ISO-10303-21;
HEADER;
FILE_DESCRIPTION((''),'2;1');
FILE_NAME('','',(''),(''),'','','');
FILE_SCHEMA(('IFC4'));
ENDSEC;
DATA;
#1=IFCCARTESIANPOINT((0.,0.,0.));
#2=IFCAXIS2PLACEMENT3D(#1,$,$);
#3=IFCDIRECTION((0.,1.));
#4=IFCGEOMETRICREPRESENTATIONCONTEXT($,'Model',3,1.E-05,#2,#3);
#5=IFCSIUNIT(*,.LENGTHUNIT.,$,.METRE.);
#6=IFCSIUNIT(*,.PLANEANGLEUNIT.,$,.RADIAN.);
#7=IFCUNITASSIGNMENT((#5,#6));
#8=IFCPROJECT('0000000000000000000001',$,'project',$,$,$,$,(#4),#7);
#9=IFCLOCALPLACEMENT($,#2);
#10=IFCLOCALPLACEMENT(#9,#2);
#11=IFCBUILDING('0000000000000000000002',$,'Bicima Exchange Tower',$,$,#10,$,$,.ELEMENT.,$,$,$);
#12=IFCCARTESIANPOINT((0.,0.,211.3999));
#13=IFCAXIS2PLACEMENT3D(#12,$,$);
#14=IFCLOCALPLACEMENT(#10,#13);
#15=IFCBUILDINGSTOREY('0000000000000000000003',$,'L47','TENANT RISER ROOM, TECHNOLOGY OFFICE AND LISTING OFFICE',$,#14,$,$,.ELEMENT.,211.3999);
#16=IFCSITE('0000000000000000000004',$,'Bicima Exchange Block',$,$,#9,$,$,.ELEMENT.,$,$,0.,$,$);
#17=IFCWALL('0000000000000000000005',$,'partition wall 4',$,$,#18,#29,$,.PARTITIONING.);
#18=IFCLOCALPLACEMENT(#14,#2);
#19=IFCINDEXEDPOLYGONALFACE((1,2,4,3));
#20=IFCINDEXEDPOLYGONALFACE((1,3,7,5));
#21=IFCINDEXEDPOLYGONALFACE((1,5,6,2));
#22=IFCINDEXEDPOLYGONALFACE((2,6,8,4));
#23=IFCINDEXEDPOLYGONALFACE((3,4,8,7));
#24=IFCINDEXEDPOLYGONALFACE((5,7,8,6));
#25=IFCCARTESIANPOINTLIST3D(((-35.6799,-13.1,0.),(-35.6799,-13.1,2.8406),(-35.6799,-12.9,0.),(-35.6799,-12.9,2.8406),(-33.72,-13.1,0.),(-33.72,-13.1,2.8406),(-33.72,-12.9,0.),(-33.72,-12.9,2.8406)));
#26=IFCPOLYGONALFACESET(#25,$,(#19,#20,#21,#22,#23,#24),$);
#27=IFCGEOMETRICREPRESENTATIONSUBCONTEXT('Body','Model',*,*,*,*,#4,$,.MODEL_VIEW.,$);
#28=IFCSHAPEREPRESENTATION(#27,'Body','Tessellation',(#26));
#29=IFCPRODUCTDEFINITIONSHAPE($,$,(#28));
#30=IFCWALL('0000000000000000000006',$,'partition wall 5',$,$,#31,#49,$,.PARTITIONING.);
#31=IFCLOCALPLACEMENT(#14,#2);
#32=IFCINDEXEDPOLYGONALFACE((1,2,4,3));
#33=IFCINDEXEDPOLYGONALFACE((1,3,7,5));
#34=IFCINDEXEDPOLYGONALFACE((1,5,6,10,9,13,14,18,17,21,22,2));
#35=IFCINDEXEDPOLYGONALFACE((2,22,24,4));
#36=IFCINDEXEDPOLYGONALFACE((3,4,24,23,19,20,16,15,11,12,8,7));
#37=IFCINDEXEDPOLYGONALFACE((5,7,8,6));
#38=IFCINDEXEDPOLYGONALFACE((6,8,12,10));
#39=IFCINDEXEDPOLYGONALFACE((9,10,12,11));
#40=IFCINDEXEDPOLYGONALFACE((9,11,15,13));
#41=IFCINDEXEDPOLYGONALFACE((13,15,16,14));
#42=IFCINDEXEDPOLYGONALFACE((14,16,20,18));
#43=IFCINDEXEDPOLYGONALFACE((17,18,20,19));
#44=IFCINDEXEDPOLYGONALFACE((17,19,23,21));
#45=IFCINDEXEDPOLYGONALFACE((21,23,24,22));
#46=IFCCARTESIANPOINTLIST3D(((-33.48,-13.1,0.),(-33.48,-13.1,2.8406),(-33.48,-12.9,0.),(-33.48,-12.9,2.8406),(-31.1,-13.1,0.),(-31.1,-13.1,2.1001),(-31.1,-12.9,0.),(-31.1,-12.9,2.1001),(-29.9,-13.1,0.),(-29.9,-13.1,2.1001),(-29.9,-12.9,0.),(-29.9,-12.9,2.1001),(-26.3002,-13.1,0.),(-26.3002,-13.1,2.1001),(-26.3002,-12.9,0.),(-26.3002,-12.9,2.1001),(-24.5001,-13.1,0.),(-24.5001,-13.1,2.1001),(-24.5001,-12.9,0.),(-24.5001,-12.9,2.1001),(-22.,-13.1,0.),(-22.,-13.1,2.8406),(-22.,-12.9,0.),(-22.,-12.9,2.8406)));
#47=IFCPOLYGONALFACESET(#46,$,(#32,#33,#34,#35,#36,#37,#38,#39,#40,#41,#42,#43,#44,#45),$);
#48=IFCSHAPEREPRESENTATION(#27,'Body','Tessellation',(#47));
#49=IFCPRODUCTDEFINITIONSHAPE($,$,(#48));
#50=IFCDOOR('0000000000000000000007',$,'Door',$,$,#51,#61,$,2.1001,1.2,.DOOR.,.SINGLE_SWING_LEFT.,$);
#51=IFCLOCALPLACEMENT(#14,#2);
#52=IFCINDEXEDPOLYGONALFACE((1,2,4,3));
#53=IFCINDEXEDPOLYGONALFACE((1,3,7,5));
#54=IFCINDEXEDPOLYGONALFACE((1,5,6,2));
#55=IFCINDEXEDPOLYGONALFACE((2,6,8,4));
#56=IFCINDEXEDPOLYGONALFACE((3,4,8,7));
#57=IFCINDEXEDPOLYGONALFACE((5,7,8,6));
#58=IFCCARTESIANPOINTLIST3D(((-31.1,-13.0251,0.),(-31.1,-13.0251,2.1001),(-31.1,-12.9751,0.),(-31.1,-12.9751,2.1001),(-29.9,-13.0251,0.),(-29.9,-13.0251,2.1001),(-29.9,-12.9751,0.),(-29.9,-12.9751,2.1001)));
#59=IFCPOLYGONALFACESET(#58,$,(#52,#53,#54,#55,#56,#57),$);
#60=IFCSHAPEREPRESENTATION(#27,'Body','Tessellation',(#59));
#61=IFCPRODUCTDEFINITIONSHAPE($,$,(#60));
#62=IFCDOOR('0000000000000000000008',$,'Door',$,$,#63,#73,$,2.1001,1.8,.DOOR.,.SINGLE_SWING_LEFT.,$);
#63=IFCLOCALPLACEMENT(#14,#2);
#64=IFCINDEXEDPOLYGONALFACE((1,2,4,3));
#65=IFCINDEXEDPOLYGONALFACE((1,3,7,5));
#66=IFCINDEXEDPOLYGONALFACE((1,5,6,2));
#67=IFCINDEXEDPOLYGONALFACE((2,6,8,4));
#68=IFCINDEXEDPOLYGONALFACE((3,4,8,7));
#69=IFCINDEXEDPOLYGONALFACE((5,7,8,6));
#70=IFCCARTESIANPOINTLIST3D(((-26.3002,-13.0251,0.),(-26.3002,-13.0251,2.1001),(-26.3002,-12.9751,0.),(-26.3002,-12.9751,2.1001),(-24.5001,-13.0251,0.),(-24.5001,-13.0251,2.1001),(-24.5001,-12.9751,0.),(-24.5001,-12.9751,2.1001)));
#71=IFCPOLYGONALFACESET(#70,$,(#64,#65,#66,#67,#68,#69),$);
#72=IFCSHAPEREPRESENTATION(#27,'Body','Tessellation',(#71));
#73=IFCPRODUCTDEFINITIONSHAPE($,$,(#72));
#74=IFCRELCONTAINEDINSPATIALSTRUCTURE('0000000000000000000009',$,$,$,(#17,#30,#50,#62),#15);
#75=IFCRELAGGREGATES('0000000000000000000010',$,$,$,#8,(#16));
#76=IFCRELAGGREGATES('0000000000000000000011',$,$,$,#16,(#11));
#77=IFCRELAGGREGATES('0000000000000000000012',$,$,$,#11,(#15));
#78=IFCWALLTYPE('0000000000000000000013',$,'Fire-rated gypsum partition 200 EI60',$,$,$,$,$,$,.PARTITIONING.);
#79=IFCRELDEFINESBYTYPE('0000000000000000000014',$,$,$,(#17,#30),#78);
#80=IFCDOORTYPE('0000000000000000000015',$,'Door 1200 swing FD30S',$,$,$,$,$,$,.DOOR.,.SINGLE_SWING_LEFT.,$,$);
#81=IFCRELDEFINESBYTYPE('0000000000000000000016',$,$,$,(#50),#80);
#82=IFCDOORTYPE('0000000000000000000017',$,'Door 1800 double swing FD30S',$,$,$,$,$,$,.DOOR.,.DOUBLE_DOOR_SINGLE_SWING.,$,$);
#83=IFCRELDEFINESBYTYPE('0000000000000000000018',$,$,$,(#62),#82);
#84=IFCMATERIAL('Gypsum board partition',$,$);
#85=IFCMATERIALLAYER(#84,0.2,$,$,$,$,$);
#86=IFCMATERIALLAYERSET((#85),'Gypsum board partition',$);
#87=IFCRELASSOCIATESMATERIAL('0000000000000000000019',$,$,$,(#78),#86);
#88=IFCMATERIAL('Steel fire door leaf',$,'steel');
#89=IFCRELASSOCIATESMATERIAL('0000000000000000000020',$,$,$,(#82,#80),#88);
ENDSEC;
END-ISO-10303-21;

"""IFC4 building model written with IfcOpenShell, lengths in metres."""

from ifc_helpers import new_model, si_unit, direction, frame, frame_2d, origin, place, context, subcontext, project, spatial, rectangle, extrude, material, layer, layer_set, type_object, element, fill, save


model = new_model("IFC4")

# Units and contexts
model_context = context("Model", 3, precision=1e-05, world=origin(), true_north=direction((0.0, 1.0)))
body_context = subcontext(model_context, "Body", "Model", "MODEL_VIEW")
ifc_project = project(units=[si_unit("LENGTHUNIT", "METRE"), si_unit("PLANEANGLEUNIT", "RADIAN")], contexts=[model_context])

# Site, building, storey
site_placement = place(None, origin())
site = spatial("IfcSite", under=ifc_project, at=site_placement, Name="Bicima Exchange Block", CompositionType="ELEMENT", RefElevation=0.0)
building_placement = place(site_placement, origin())
building = spatial("IfcBuilding", under=site, at=building_placement, Name="Bicima Exchange Tower", CompositionType="ELEMENT")
storey_placement = place(building_placement, frame((0.0, 0.0, 211.3999)))
storey = spatial("IfcBuildingStorey", under=building, at=storey_placement, Name="L47", Description="TENANT RISER ROOM, TECHNOLOGY OFFICE AND LISTING OFFICE", CompositionType="ELEMENT", Elevation=211.3999)

# Shared definitions
ifc_material_1 = material(Name="Gypsum board partition")
ifc_layer_1 = layer(ifc_material_1, 0.2)
ifc_layer_set_1 = layer_set([ifc_layer_1], Name="Gypsum board partition")
wall_type = type_object("IfcWallType", Name="Fire-rated gypsum partition 200 EI60", PredefinedType="PARTITIONING", material=ifc_layer_set_1)
ifc_material_2 = material(Name="Steel fire door leaf", Category="steel")
door_type_1 = type_object("IfcDoorType", Name="Door 1800 double swing FD30S", OperationType="DOUBLE_DOOR_SINGLE_SWING", PredefinedType="DOOR", material=ifc_material_2)

# Wall
wall_1_placement = place(storey_placement, frame((-35.6799, -13.0, 0.0), z_axis=(0.0, 0.0, 1.0), x_axis=(1.0, 0.0, 0.0)))
element("IfcWall", 1, at=wall_1_placement, inside=storey, type_object=wall_type, Name="partition wall 4", PredefinedType="PARTITIONING", context=body_context, shape_type="SweptSolid", body=[
    extrude(rectangle(XDim=1.96, YDim=0.2, at=frame_2d((0.98, 0.0))), origin(), (0.0, 0.0, 1.0), 2.8406),
])

# Wall, openings, doors
wall_2_placement = place(storey_placement, frame((-33.48, -13.0, 0.0), z_axis=(0.0, 0.0, 1.0), x_axis=(1.0, 0.0, 0.0)))
wall_2 = element("IfcWall", 2, at=wall_2_placement, inside=storey, type_object=wall_type, Name="partition wall 5", PredefinedType="PARTITIONING", context=body_context, shape_type="SweptSolid", body=[
    extrude(rectangle(XDim=11.48, YDim=0.2, at=frame_2d((5.74, 0.0))), origin(), (0.0, 0.0, 1.0), 2.8406),
])
opening_1_placement = place(wall_2_placement, frame((2.3799, 0.0, 0.0)))
opening_1 = element("IfcOpeningElement", 3, at=opening_1_placement, cuts=wall_2, PredefinedType="OPENING", context=body_context, shape_type="SweptSolid", body=[
    extrude(rectangle(XDim=1.2, YDim=2.1001, at=frame_2d((0.6001, 1.05))), frame((0.0, 0.1118, 0.0), z_axis=(0.0, -1.0, 0.0), x_axis=(1.0, 0.0, 0.0)), (0.0, 0.0, 1.0), 0.2239),
])
opening_2_placement = place(wall_2_placement, frame((7.1799, 0.0, 0.0)))
opening_2 = element("IfcOpeningElement", 4, at=opening_2_placement, cuts=wall_2, PredefinedType="OPENING", context=body_context, shape_type="SweptSolid", body=[
    extrude(rectangle(XDim=1.8, YDim=2.1001, at=frame_2d((0.8999, 1.05))), frame((0.0, 0.1118, 0.0), z_axis=(0.0, -1.0, 0.0), x_axis=(1.0, 0.0, 0.0)), (0.0, 0.0, 1.0), 0.2239),
])
door_type_2 = type_object("IfcDoorType", Name="Door 1200 swing FD30S", OperationType="SINGLE_SWING_LEFT", PredefinedType="DOOR", material=ifc_material_2)
door_1_placement = place(opening_1_placement, origin())
door_1 = element("IfcDoor", 5, at=door_1_placement, inside=storey, type_object=door_type_2, Name="Door", OperationType="SINGLE_SWING_LEFT", OverallHeight=2.1001, OverallWidth=1.2, PredefinedType="DOOR", context=body_context, shape_type="SweptSolid", body=[
    extrude(rectangle(XDim=1.2, YDim=2.1001, at=frame_2d((0.6001, 1.05))), frame((0.0, 0.0249, 0.0), z_axis=(0.0, -1.0, 0.0), x_axis=(1.0, 0.0, 0.0)), (0.0, 0.0, 1.0), 0.05),
])
fill(opening_1, door_1)
door_2_placement = place(opening_2_placement, origin())
door_2 = element("IfcDoor", 6, at=door_2_placement, inside=storey, type_object=door_type_1, Name="Door", OperationType="SINGLE_SWING_LEFT", OverallHeight=2.1001, OverallWidth=1.8, PredefinedType="DOOR", context=body_context, shape_type="SweptSolid", body=[
    extrude(rectangle(XDim=1.8, YDim=2.1001, at=frame_2d((0.8999, 1.05))), frame((0.0, 0.0249, 0.0), z_axis=(0.0, -1.0, 0.0), x_axis=(1.0, 0.0, 0.0)), (0.0, 0.0, 1.0), 0.05),
])
fill(opening_2, door_2)

save(model, "model.ifc")
